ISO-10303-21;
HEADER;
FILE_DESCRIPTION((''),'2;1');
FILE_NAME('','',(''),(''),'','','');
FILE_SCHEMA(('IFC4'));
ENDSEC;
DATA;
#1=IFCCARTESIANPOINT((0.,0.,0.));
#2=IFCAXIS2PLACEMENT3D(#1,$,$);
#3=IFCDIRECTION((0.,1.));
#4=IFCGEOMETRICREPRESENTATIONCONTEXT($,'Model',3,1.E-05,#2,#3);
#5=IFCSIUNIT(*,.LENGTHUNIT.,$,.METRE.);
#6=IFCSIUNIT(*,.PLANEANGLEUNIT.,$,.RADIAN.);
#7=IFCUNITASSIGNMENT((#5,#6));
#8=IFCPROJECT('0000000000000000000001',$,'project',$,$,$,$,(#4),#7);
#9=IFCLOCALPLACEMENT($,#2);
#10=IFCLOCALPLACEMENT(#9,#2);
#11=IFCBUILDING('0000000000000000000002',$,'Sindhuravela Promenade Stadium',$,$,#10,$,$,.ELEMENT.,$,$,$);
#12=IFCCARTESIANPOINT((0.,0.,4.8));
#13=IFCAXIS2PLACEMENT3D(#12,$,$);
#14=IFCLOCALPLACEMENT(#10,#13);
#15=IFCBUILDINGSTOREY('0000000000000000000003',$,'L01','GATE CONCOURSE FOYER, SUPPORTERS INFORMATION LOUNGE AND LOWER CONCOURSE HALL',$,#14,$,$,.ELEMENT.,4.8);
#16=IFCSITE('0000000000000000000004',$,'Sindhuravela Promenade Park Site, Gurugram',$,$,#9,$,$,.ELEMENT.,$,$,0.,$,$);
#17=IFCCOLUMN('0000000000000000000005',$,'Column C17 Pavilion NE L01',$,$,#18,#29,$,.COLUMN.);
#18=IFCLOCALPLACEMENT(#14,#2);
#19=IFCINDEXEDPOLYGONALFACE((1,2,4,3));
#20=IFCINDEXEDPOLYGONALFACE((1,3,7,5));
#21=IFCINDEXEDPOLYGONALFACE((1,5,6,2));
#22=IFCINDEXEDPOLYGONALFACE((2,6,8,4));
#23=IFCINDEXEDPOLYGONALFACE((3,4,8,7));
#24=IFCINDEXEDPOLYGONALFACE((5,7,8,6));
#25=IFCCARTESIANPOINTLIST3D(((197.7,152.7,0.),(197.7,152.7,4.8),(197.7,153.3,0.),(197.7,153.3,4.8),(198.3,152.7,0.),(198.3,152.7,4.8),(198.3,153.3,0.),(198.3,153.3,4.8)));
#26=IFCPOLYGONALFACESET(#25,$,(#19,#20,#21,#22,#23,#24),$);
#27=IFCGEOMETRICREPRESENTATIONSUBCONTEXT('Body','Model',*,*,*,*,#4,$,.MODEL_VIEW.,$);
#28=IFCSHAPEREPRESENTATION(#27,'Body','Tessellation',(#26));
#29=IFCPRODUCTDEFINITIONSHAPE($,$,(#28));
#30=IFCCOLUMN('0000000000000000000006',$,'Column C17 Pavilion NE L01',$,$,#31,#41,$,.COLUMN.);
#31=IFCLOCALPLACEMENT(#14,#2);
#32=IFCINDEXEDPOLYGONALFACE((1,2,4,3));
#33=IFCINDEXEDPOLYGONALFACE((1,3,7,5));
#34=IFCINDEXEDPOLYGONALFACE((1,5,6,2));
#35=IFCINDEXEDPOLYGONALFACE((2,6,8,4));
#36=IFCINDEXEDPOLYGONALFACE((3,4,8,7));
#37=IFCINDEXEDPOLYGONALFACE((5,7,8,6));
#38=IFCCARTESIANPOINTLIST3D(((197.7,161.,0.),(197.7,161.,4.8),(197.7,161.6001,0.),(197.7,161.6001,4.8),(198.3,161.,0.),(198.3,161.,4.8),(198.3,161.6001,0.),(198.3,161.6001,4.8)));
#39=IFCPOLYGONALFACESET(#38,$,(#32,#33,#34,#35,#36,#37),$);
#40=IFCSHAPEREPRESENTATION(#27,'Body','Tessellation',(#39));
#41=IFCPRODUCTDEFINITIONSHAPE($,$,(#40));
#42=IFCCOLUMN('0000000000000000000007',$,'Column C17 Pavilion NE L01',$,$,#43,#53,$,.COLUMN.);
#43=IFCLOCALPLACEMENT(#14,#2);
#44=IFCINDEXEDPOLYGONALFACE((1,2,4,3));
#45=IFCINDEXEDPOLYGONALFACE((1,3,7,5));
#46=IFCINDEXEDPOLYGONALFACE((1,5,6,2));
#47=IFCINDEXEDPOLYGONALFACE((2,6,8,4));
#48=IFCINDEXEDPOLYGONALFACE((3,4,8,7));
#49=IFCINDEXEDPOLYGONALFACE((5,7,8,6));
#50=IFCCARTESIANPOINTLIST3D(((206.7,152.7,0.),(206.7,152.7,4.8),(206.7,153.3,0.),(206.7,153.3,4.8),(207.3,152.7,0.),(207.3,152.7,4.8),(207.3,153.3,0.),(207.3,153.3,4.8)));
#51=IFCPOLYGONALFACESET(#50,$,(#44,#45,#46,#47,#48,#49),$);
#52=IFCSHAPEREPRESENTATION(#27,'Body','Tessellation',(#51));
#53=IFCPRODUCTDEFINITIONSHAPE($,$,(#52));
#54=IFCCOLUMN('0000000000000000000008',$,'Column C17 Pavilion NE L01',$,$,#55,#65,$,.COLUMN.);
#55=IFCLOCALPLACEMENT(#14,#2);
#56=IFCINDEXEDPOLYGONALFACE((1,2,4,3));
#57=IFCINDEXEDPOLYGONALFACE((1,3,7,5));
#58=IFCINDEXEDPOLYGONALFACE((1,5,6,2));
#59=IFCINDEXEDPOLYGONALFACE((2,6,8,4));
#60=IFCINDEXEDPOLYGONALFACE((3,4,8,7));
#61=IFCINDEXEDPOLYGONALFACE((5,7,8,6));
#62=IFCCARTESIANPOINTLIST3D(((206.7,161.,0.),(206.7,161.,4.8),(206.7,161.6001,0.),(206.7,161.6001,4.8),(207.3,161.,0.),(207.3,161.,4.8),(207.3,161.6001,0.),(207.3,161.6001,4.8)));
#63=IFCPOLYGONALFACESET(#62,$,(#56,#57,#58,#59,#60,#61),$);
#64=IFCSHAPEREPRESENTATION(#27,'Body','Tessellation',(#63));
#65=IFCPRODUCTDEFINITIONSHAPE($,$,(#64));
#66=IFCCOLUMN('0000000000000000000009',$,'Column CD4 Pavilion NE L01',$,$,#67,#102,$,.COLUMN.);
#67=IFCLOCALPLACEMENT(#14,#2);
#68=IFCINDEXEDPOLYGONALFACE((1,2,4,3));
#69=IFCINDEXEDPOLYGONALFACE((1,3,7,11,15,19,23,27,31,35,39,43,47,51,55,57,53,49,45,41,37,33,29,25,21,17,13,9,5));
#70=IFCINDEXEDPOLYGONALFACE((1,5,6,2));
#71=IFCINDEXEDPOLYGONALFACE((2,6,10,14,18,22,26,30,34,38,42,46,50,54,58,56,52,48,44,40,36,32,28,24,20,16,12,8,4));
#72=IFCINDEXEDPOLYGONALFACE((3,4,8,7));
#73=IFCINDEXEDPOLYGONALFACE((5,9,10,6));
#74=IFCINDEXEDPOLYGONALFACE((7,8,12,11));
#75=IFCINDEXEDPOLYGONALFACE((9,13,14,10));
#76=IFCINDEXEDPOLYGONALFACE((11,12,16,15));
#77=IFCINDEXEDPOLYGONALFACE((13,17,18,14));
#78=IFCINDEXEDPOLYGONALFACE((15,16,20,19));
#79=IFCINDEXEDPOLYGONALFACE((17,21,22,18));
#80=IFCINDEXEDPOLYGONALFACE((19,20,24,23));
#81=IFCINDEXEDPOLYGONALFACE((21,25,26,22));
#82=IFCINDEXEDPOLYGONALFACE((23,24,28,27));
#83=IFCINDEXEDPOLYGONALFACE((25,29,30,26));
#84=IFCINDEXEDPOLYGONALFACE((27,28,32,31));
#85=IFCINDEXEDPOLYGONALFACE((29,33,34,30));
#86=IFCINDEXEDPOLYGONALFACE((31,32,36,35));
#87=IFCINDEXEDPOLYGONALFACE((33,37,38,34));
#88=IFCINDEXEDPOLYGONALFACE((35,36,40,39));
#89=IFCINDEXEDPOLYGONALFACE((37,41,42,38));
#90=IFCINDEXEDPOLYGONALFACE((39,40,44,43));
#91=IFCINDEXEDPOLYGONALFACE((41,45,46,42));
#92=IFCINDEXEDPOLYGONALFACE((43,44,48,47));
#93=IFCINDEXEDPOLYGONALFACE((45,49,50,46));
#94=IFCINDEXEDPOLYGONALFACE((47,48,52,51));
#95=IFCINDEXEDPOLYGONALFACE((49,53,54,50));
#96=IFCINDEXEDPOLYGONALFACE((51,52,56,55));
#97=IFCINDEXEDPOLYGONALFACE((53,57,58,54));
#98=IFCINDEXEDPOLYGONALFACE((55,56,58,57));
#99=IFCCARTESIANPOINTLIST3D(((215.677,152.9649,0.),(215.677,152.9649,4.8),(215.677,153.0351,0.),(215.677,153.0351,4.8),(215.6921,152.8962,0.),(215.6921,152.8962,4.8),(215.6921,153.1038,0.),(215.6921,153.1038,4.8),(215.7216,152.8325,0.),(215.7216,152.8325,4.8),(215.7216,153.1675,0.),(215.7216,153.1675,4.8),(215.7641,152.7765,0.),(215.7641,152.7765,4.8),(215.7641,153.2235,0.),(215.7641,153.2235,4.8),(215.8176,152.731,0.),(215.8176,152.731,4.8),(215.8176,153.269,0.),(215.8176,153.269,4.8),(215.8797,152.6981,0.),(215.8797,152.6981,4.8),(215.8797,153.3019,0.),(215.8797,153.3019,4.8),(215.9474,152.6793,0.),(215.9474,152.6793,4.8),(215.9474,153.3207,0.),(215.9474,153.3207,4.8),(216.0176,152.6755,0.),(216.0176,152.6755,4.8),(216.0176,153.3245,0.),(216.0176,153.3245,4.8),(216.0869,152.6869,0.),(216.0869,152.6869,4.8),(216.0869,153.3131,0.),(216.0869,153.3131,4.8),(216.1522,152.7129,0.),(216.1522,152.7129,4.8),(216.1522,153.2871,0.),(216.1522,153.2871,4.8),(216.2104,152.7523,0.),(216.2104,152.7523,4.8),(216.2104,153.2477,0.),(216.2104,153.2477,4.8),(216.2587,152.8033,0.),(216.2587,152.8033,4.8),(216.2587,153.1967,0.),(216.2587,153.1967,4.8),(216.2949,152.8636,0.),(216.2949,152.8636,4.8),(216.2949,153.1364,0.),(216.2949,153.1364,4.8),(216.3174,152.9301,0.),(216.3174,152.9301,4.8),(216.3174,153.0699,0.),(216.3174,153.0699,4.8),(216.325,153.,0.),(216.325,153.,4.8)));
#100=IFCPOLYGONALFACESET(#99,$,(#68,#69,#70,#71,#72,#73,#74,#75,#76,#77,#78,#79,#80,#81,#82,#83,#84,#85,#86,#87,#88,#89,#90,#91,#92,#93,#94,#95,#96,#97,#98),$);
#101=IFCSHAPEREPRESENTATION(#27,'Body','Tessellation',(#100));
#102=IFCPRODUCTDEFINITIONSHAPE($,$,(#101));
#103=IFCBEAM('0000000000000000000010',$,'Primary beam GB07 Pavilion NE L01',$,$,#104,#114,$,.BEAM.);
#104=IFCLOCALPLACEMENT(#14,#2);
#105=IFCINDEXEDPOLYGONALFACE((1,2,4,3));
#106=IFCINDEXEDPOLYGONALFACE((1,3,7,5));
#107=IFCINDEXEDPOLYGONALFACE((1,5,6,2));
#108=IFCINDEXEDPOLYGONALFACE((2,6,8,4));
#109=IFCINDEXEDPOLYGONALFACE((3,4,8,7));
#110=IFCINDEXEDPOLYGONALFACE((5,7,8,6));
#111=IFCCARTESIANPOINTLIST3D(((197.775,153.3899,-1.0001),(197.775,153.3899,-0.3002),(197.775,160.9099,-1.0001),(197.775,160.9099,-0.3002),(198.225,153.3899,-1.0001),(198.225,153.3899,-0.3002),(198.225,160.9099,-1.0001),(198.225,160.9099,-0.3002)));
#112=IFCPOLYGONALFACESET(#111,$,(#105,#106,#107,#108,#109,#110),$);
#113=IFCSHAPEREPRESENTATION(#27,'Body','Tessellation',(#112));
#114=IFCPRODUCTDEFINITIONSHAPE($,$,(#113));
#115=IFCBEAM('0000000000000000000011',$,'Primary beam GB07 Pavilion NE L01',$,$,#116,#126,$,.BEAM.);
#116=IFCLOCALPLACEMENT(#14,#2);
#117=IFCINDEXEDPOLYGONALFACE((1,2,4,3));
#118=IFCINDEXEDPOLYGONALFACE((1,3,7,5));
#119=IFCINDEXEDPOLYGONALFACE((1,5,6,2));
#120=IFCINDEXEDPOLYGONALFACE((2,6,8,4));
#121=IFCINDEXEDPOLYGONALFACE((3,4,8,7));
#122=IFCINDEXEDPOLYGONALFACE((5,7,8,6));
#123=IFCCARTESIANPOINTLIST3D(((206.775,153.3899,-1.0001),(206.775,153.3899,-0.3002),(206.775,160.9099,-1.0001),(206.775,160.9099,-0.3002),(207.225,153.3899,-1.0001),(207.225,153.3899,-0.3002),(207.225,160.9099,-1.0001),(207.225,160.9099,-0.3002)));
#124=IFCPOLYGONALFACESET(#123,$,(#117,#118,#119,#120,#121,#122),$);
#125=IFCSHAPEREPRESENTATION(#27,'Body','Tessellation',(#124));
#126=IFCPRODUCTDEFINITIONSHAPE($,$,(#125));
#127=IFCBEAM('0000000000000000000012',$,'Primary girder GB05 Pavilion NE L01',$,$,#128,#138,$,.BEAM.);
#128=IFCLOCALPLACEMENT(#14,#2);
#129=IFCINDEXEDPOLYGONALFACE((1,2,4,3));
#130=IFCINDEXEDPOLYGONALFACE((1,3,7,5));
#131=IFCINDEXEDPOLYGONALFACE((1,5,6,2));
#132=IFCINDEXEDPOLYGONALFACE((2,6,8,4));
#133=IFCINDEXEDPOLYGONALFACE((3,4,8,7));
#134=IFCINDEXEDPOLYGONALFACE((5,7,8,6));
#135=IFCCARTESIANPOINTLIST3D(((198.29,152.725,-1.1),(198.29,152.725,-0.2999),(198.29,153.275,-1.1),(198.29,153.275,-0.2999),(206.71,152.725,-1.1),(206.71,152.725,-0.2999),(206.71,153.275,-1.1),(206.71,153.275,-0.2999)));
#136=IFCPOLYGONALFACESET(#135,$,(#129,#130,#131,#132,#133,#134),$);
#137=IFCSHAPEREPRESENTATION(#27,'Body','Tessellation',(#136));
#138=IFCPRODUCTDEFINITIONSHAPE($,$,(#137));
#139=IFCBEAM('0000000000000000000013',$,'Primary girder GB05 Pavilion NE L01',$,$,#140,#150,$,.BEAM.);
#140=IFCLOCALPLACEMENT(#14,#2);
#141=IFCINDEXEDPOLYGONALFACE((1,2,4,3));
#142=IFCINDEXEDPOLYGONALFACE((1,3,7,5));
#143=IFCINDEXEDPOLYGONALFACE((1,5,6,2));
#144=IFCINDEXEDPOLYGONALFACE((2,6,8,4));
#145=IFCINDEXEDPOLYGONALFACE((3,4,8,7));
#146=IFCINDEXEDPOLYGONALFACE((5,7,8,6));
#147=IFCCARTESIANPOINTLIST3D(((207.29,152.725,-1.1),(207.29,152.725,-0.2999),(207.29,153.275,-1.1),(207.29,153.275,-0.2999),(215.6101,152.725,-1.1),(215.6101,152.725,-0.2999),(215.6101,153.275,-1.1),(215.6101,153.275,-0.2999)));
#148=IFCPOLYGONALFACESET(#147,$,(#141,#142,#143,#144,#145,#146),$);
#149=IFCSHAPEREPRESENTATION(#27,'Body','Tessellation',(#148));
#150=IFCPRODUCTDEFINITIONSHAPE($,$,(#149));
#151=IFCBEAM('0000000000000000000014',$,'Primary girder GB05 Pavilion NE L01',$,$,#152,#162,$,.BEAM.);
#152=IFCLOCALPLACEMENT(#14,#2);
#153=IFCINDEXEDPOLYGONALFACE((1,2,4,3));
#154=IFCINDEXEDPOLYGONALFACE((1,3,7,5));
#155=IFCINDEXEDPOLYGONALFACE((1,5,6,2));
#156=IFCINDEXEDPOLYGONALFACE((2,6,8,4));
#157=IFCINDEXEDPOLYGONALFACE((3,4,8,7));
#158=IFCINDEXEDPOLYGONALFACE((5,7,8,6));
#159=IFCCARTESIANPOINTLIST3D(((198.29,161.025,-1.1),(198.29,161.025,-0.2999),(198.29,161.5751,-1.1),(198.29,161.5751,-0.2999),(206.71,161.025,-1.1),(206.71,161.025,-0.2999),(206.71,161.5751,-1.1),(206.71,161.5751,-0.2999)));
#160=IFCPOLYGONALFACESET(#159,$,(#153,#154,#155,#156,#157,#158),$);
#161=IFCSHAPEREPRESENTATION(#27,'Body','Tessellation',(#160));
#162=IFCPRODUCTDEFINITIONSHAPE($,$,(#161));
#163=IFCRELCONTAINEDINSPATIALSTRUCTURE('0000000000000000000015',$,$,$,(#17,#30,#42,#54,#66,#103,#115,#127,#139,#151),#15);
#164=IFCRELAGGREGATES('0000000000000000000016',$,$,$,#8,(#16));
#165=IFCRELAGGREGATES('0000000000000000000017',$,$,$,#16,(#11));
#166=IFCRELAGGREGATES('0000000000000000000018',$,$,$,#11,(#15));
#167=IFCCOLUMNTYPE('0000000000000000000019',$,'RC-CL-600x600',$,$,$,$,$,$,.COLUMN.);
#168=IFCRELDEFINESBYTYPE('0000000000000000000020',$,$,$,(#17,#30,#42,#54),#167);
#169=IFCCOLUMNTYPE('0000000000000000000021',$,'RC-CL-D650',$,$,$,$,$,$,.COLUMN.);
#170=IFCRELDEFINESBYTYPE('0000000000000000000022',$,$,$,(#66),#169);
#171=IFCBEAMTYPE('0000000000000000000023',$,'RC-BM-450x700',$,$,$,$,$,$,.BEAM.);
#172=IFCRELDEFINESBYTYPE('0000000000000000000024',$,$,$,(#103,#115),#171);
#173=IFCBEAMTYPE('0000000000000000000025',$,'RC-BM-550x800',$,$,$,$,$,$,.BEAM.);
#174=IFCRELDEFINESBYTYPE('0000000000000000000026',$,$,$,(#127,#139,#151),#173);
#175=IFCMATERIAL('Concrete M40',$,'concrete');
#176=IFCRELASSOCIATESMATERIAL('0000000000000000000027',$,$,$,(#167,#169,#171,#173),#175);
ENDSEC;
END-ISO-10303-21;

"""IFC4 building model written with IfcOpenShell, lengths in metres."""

from ifc_helpers import new_model, si_unit, direction, frame, origin, origin_2d, place, context, subcontext, project, spatial, rectangle, circle, extrude, material, material_profile, profile_set, type_object, element, save


model = new_model("IFC4")

# Units and contexts
model_context = context("Model", 3, precision=1e-05, world=origin(), true_north=direction((0.0, 1.0)))
body_context = subcontext(model_context, "Body", "Model", "MODEL_VIEW")
ifc_project = project(units=[si_unit("LENGTHUNIT", "METRE"), si_unit("PLANEANGLEUNIT", "RADIAN")], contexts=[model_context])

# Site, building, storey
site_placement = place(None, origin())
site = spatial("IfcSite", under=ifc_project, at=site_placement, Name="Sindhuravela Promenade Park Site, Gurugram", CompositionType="ELEMENT", RefElevation=0.0)
building_placement = place(site_placement, origin())
building = spatial("IfcBuilding", under=site, at=building_placement, Name="Sindhuravela Promenade Stadium", CompositionType="ELEMENT")
storey_placement = place(building_placement, frame((0.0, 0.0, 4.8)))
storey = spatial("IfcBuildingStorey", under=building, at=storey_placement, Name="L01", Description="GATE CONCOURSE FOYER, SUPPORTERS INFORMATION LOUNGE AND LOWER CONCOURSE HALL", CompositionType="ELEMENT", Elevation=4.8)

# Columns
ifc_material_1 = material(Name="Concrete M40", Category="concrete")
ifc_material_profile_1 = material_profile(ifc_material_1, rectangle(XDim=0.6001, YDim=0.6001, at=origin_2d()), Name="RC 600x600")
ifc_profile_set_1 = profile_set([ifc_material_profile_1], Name="Concrete M40")
column_type_1 = type_object("IfcColumnType", Name="RC-CL-600x600", PredefinedType="COLUMN", material=ifc_profile_set_1)
for number, where, z_axis, x_axis, name in (
    (1, (198.0, 153.0, 0.0), (0.0, 0.0, 1.0), (1.0, 0.0, 0.0), "Column C17 Pavilion NE L01"),
    (2, (198.0, 161.3, 0.0), (0.0, 0.0, 1.0), (1.0, 0.0, 0.0), "Column C17 Pavilion NE L01"),
    (3, (207.0, 153.0, 0.0), (0.0, 0.0, 1.0), (1.0, 0.0, 0.0), "Column C17 Pavilion NE L01"),
    (4, (207.0, 161.3, 0.0), (0.0, 0.0, 1.0), (1.0, 0.0, 0.0), "Column C17 Pavilion NE L01"),
):
    element("IfcColumn", number, at=place(storey_placement, frame(where, z_axis=z_axis, x_axis=x_axis)), inside=storey, type_object=column_type_1, Name=name, PredefinedType="COLUMN", context=body_context, shape_type="SweptSolid", body=[
        extrude(rectangle(XDim=0.6001, YDim=0.6001, at=origin_2d()), origin(), (0.0, 0.0, 1.0), 4.8),
    ])
ifc_material_profile_2 = material_profile(ifc_material_1, circle(Radius=0.325, at=origin_2d()), Name="RC D650")
ifc_profile_set_2 = profile_set([ifc_material_profile_2], Name="Concrete M40")
column_type_2 = type_object("IfcColumnType", Name="RC-CL-D650", PredefinedType="COLUMN", material=ifc_profile_set_2)
column_placement = place(storey_placement, frame((216.0, 153.0, 0.0), z_axis=(0.0, 0.0, 1.0), x_axis=(1.0, 0.0, 0.0)))
element("IfcColumn", 5, at=column_placement, inside=storey, type_object=column_type_2, Name="Column CD4 Pavilion NE L01", PredefinedType="COLUMN", context=body_context, shape_type="SweptSolid", body=[
    extrude(circle(Radius=0.325, at=origin_2d()), origin(), (0.0, 0.0, 1.0), 4.8),
])

# Beams
ifc_material_profile_3 = material_profile(ifc_material_1, rectangle(XDim=0.45, YDim=0.7, at=origin_2d()), Name="RC 450x700")
ifc_profile_set_3 = profile_set([ifc_material_profile_3], Name="Concrete M40")
beam_type_1 = type_object("IfcBeamType", Name="RC-BM-450x700", PredefinedType="BEAM", material=ifc_profile_set_3)
for number, where, z_axis, x_axis, name in (
    (6, (198.0, 153.3899, -0.6501), (0.0, 1.0, 0.0), (-1.0, 0.0, 0.0), "Primary beam GB07 Pavilion NE L01"),
    (7, (207.0, 153.3899, -0.6501), (0.0, 1.0, 0.0), (-1.0, 0.0, 0.0), "Primary beam GB07 Pavilion NE L01"),
):
    element("IfcBeam", number, at=place(storey_placement, frame(where, z_axis=z_axis, x_axis=x_axis)), inside=storey, type_object=beam_type_1, Name=name, PredefinedType="BEAM", context=body_context, shape_type="SweptSolid", body=[
        extrude(rectangle(XDim=0.45, YDim=0.7, at=origin_2d()), origin(), (0.0, 0.0, 1.0), 7.52),
    ])
ifc_material_profile_4 = material_profile(ifc_material_1, rectangle(XDim=0.55, YDim=0.8, at=origin_2d()), Name="RC 550x800")
ifc_profile_set_4 = profile_set([ifc_material_profile_4], Name="Concrete M40")
beam_type_2 = type_object("IfcBeamType", Name="RC-BM-550x800", PredefinedType="BEAM", material=ifc_profile_set_4)
beam_1_placement = place(storey_placement, frame((198.29, 153.0, -0.7), z_axis=(1.0, 0.0, 0.0), x_axis=(0.0, 1.0, 0.0)))
element("IfcBeam", 8, at=beam_1_placement, inside=storey, type_object=beam_type_2, Name="Primary girder GB05 Pavilion NE L01", PredefinedType="BEAM", context=body_context, shape_type="SweptSolid", body=[
    extrude(rectangle(XDim=0.55, YDim=0.8, at=origin_2d()), origin(), (0.0, 0.0, 1.0), 8.4199),
])
beam_2_placement = place(storey_placement, frame((207.29, 153.0, -0.7), z_axis=(1.0, 0.0, 0.0), x_axis=(0.0, 1.0, 0.0)))
element("IfcBeam", 9, at=beam_2_placement, inside=storey, type_object=beam_type_2, Name="Primary girder GB05 Pavilion NE L01", PredefinedType="BEAM", context=body_context, shape_type="SweptSolid", body=[
    extrude(rectangle(XDim=0.55, YDim=0.8, at=origin_2d()), origin(), (0.0, 0.0, 1.0), 8.3201),
])
beam_3_placement = place(storey_placement, frame((198.29, 161.3, -0.7), z_axis=(1.0, 0.0, 0.0), x_axis=(0.0, 1.0, 0.0)))
element("IfcBeam", 10, at=beam_3_placement, inside=storey, type_object=beam_type_2, Name="Primary girder GB05 Pavilion NE L01", PredefinedType="BEAM", context=body_context, shape_type="SweptSolid", body=[
    extrude(rectangle(XDim=0.55, YDim=0.8, at=origin_2d()), origin(), (0.0, 0.0, 1.0), 8.4199),
])

save(model, "model.ifc")
